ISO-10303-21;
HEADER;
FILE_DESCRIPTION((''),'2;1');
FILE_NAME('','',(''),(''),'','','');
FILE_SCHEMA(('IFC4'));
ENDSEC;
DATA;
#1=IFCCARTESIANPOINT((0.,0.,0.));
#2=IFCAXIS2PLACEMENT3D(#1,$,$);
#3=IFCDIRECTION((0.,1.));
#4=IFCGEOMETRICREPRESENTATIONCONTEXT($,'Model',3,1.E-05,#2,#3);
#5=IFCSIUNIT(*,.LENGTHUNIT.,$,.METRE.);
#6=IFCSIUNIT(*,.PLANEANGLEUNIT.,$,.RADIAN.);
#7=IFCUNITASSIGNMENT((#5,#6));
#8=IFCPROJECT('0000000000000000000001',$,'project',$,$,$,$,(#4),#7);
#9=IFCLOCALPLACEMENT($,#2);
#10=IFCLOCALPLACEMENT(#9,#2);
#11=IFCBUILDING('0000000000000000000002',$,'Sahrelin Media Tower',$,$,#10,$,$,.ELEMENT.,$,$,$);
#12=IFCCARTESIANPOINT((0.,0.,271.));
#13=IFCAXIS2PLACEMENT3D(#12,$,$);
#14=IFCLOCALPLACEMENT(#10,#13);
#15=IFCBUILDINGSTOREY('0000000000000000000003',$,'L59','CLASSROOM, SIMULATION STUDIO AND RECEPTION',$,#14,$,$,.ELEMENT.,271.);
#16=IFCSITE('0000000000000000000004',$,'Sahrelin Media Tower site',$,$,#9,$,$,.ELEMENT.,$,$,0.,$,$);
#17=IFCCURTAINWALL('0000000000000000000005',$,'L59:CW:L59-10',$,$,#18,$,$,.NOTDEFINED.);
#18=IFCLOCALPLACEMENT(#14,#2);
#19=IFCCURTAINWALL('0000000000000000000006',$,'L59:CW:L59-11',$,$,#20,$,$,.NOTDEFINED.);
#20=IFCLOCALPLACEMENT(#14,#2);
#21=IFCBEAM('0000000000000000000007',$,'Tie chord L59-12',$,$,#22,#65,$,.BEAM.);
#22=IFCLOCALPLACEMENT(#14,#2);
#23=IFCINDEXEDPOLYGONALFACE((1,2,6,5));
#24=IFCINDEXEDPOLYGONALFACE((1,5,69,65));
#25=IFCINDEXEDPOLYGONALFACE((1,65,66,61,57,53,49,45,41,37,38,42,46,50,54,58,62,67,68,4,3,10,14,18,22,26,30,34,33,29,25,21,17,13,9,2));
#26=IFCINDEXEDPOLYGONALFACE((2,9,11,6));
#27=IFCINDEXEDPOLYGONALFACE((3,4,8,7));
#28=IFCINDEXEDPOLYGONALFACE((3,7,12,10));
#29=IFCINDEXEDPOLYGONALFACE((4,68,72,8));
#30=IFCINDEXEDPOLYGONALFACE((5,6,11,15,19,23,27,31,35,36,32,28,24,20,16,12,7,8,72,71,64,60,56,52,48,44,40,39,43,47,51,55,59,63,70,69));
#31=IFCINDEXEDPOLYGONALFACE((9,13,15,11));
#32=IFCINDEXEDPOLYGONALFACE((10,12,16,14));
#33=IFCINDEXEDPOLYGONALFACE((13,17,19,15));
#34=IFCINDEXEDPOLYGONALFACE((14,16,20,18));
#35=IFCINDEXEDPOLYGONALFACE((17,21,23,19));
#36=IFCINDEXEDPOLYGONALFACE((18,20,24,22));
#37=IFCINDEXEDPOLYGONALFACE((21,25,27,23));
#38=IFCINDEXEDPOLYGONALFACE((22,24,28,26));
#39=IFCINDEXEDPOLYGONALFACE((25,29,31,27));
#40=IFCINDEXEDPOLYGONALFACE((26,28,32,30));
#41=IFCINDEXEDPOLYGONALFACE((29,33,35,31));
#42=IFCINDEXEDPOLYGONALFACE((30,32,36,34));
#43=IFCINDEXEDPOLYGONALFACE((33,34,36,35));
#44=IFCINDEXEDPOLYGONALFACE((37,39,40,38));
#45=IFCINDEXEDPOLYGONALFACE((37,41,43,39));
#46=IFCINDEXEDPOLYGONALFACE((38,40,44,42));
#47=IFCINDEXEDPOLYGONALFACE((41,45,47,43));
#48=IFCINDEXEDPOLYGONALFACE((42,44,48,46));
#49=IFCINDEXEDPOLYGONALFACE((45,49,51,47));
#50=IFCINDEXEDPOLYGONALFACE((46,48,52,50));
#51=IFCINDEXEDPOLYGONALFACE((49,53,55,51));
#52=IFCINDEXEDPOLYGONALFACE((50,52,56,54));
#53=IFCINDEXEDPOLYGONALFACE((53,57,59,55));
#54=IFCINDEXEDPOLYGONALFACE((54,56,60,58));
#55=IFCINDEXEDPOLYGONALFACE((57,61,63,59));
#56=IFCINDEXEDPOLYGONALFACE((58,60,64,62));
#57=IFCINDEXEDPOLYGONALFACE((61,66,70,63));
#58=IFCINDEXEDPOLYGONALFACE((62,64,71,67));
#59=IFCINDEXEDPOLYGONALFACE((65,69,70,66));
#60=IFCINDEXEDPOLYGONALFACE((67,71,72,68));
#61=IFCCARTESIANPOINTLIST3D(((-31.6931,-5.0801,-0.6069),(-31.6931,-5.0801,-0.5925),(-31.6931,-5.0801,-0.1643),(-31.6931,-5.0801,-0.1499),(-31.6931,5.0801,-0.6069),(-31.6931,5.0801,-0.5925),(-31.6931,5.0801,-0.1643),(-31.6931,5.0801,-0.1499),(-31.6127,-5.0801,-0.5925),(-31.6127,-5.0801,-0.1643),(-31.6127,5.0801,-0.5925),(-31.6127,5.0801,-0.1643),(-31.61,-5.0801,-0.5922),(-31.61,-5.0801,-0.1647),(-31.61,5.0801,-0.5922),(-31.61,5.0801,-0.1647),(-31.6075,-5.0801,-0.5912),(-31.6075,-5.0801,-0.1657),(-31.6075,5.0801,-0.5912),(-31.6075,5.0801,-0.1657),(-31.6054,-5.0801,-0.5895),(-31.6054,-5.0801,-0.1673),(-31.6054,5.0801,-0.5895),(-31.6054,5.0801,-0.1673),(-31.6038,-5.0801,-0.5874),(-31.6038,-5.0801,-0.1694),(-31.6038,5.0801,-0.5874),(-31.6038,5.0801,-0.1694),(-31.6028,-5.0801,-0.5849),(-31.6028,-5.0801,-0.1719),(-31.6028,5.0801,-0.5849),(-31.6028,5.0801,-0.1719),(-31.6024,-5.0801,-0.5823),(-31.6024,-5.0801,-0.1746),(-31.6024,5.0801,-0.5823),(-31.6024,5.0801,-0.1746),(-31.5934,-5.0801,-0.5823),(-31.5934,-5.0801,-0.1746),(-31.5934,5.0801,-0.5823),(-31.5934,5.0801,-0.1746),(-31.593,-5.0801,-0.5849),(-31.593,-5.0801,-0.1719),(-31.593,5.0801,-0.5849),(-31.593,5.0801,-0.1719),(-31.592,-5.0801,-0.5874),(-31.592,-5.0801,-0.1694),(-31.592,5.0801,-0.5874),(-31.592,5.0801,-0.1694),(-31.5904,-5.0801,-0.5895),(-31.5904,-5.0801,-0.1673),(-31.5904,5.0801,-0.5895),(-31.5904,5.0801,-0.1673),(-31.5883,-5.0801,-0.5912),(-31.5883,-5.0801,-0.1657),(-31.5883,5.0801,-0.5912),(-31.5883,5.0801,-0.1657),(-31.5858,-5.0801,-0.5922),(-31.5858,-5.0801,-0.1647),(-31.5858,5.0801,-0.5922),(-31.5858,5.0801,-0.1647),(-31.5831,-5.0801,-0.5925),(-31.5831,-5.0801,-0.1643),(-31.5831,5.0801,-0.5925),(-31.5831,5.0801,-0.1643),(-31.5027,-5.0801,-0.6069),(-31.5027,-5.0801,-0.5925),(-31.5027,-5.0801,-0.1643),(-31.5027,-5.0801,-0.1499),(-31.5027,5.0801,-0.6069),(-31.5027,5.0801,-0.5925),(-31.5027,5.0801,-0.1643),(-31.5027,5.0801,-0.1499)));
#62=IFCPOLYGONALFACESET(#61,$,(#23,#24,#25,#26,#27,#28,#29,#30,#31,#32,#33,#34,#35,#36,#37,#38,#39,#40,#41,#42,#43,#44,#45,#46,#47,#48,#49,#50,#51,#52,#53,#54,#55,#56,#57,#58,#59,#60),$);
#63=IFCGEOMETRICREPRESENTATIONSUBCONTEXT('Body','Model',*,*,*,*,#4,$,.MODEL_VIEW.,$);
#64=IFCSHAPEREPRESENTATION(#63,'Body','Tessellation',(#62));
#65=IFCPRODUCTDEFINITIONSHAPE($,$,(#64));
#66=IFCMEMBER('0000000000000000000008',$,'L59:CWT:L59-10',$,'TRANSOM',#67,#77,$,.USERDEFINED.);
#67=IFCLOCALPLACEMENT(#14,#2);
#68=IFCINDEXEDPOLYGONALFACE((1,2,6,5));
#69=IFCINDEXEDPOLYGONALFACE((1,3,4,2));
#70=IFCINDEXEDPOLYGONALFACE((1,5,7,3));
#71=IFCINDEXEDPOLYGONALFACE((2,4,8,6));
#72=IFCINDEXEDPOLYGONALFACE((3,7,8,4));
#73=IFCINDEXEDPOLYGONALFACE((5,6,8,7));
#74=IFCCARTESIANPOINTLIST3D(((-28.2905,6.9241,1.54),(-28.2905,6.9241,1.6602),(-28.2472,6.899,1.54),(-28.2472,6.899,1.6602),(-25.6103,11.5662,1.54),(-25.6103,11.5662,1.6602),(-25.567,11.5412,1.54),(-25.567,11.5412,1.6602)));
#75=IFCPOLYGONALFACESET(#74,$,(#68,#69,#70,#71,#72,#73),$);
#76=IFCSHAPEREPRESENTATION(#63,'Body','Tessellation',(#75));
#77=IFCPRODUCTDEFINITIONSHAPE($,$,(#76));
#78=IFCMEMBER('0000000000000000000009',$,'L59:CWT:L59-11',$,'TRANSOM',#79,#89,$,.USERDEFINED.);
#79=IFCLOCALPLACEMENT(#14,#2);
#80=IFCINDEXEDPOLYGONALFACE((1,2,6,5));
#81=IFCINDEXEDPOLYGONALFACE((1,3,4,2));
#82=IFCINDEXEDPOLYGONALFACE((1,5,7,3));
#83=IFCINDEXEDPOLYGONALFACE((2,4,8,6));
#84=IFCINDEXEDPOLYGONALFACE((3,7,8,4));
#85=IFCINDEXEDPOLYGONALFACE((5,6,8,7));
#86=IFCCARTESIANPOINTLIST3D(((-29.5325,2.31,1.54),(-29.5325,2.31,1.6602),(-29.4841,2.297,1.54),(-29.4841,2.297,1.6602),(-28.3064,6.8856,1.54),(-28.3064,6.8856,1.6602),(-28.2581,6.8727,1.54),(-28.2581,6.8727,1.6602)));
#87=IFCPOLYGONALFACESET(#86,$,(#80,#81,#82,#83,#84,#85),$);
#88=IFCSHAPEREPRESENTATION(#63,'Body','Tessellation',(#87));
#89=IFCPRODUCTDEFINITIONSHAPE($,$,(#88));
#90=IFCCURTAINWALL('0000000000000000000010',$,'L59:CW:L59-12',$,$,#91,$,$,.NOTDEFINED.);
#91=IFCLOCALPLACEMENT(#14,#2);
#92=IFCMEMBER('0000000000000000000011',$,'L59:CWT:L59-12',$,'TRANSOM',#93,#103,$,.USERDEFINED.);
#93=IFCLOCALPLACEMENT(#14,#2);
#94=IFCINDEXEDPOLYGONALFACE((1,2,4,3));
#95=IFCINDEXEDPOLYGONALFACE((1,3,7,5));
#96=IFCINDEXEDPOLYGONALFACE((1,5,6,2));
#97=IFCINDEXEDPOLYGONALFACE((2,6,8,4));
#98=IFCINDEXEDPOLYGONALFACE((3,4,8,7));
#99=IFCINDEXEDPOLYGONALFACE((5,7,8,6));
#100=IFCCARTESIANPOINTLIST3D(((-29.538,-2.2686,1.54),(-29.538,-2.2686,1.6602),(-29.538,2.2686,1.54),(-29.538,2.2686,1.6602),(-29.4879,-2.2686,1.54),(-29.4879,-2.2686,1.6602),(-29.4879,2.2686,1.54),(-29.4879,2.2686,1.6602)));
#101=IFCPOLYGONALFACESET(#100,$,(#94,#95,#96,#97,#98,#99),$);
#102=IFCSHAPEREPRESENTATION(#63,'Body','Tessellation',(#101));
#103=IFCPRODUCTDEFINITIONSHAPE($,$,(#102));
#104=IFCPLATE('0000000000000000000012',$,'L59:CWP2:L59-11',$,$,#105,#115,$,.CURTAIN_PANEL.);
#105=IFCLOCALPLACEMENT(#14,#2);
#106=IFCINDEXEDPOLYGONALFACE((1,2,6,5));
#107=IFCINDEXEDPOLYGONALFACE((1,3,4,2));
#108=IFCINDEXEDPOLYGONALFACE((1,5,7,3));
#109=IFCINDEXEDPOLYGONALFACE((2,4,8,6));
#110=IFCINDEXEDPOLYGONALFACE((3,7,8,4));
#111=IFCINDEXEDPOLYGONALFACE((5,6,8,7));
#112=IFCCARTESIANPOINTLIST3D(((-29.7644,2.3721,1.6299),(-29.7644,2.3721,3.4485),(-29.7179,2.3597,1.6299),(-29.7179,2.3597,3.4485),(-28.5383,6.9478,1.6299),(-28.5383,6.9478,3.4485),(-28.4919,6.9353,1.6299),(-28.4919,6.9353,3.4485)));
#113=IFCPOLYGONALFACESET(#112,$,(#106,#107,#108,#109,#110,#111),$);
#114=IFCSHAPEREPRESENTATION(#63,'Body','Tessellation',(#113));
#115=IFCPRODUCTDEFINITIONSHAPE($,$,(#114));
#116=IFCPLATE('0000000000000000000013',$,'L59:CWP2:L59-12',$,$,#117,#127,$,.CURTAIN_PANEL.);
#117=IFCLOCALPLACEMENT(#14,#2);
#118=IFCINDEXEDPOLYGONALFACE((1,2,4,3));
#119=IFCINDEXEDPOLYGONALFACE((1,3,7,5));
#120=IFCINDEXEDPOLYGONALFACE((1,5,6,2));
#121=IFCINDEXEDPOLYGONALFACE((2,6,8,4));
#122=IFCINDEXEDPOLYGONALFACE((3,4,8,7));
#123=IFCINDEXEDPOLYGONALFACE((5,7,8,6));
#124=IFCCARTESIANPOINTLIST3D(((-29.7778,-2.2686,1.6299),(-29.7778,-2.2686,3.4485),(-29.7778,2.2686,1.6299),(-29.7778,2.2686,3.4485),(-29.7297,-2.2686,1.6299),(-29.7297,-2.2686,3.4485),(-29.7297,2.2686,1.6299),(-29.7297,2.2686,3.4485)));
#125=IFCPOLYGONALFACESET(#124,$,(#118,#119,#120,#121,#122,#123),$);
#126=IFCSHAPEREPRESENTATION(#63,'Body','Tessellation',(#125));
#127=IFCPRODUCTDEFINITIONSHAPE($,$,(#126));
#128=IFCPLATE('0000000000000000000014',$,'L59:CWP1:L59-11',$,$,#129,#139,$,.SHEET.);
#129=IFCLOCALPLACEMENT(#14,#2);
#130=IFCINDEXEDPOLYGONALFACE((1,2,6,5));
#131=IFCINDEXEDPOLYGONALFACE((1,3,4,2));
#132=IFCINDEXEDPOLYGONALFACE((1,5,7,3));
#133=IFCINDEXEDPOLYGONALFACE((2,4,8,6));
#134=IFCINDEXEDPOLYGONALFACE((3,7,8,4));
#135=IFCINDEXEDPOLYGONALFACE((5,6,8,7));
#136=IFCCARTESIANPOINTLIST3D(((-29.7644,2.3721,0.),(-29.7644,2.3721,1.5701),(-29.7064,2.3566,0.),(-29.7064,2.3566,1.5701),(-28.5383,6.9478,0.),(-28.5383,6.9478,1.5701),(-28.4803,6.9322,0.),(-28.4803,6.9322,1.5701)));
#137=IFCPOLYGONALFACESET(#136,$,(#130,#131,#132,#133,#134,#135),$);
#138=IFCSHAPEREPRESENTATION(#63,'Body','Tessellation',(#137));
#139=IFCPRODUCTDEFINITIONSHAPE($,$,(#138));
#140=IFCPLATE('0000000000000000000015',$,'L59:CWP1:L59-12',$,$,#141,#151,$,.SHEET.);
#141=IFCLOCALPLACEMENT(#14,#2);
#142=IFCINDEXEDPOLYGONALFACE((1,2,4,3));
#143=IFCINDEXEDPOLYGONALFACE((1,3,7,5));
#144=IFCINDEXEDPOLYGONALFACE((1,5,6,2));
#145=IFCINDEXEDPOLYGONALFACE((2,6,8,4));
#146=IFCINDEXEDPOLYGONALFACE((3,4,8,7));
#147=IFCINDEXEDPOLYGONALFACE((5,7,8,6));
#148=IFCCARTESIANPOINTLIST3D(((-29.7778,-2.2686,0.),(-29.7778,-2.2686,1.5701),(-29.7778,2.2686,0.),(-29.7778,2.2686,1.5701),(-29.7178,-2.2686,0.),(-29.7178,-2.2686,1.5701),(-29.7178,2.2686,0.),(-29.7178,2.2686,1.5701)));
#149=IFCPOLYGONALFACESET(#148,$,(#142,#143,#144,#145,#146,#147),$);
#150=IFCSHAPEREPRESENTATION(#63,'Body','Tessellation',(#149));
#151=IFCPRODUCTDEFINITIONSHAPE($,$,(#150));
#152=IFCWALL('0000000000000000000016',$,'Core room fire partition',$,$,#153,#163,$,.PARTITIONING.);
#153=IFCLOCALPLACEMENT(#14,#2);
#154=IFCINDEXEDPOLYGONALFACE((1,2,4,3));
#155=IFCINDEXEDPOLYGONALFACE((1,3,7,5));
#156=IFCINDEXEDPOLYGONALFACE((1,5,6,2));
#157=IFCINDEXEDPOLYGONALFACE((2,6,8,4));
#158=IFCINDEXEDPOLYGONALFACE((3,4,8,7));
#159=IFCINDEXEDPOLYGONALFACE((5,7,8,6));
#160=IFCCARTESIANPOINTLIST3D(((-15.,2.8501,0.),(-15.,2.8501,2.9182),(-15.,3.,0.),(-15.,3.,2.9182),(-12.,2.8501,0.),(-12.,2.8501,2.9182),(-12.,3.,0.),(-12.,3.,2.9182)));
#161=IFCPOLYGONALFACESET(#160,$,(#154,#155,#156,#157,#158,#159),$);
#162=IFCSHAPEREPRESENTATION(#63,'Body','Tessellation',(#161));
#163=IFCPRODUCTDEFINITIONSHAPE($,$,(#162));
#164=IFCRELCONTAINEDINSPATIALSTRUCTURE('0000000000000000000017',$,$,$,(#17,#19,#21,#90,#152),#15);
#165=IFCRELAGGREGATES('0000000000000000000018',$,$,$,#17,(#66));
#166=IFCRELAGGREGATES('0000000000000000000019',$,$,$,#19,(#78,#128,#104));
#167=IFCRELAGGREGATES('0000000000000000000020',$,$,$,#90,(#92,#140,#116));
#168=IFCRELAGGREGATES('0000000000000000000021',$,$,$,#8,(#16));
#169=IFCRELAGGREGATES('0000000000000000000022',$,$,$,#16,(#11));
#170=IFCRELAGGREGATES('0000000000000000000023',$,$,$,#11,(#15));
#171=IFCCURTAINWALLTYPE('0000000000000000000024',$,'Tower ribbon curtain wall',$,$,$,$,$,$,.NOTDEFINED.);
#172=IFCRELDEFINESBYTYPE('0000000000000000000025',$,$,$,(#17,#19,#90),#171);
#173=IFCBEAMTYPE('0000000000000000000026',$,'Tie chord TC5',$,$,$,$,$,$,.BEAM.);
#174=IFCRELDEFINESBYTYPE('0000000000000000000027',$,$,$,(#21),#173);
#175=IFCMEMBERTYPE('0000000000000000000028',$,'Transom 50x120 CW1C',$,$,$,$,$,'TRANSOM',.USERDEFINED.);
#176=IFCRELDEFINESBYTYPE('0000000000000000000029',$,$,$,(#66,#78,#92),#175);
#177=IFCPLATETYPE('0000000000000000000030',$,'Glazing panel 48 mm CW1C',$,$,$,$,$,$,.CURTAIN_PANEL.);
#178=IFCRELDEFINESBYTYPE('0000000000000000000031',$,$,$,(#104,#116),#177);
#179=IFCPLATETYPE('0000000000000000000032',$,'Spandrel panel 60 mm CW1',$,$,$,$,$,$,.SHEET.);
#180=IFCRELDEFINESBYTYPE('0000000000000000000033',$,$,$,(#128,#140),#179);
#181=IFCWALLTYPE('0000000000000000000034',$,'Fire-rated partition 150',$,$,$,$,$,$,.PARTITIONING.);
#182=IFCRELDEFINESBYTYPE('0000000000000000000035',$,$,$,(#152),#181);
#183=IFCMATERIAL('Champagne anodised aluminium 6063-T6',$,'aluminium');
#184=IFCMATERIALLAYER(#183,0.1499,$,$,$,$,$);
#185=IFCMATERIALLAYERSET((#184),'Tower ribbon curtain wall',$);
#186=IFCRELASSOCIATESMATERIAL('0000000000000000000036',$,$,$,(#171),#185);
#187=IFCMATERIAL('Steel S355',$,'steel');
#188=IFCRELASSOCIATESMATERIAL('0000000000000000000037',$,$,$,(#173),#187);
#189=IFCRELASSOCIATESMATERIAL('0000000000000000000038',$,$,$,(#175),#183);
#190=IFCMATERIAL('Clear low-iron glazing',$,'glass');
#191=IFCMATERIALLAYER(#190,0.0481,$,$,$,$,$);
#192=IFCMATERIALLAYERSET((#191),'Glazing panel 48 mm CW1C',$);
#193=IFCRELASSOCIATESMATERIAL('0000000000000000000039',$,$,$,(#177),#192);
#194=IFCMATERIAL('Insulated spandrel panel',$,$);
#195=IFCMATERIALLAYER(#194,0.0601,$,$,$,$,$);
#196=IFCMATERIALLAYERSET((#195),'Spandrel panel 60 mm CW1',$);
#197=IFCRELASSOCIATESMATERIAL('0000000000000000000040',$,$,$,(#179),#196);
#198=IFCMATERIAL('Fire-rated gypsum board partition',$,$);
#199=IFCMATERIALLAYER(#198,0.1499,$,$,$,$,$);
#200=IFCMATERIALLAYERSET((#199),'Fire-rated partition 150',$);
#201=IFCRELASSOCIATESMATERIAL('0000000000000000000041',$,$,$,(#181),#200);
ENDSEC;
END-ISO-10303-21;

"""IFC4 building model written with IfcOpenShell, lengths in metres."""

from ifc_helpers import new_model, si_unit, direction, frame, frame_2d, origin, origin_2d, place, context, subcontext, project, spatial, polyline, rectangle, i_section, outline, extrude, material, layer, layer_set, material_profile, profile_set, type_object, element, aggregate, save


model = new_model("IFC4")

# Units and contexts
model_context = context("Model", 3, precision=1e-05, world=origin(), true_north=direction((0.0, 1.0)))
body_context = subcontext(model_context, "Body", "Model", "MODEL_VIEW")
ifc_project = project(units=[si_unit("LENGTHUNIT", "METRE"), si_unit("PLANEANGLEUNIT", "RADIAN")], contexts=[model_context])

# Site, building, storey
site_placement = place(None, origin())
site = spatial("IfcSite", under=ifc_project, at=site_placement, Name="Sahrelin Media Tower site", CompositionType="ELEMENT", RefElevation=0.0)
building_placement = place(site_placement, origin())
building = spatial("IfcBuilding", under=site, at=building_placement, Name="Sahrelin Media Tower", CompositionType="ELEMENT")
storey_placement = place(building_placement, frame((0.0, 0.0, 271.0)))
storey = spatial("IfcBuildingStorey", under=building, at=storey_placement, Name="L59", Description="CLASSROOM, SIMULATION STUDIO AND RECEPTION", CompositionType="ELEMENT", Elevation=271.0)

# Shared definitions
ifc_material_1 = material(Name="Steel S355", Category="steel")

# Curtain walls
ifc_material_2 = material(Name="Champagne anodised aluminium 6063-T6", Category="aluminium")
ifc_layer_1 = layer(ifc_material_2, 0.1499)
ifc_layer_set_1 = layer_set([ifc_layer_1], Name="Tower ribbon curtain wall")
curtain_wall_type = type_object("IfcCurtainWallType", Name="Tower ribbon curtain wall", PredefinedType="NOTDEFINED", material=ifc_layer_set_1)
curtain_wall_1_placement = place(storey_placement, frame((-27.1411, 9.3552, 0.0), z_axis=(0.0, 0.0, 1.0), x_axis=(1.0, 0.0, 0.0)))
curtain_wall_1 = element("IfcCurtainWall", 1, at=curtain_wall_1_placement, inside=storey, type_object=curtain_wall_type, Name="L59:CW:L59-10", PredefinedType="NOTDEFINED")
curtain_wall_2_placement = place(storey_placement, frame((-29.1321, 4.6548, 0.0), z_axis=(0.0, 0.0, 1.0), x_axis=(1.0, 0.0, 0.0)))
curtain_wall_2 = element("IfcCurtainWall", 2, at=curtain_wall_2_placement, inside=storey, type_object=curtain_wall_type, Name="L59:CW:L59-11", PredefinedType="NOTDEFINED")

# Beam
ifc_material_profile_1 = material_profile(ifc_material_1, i_section(OverallWidth=0.1904, OverallDepth=0.457, WebThickness=0.009, FlangeThickness=0.0144, FilletRadius=0.0103, at=origin_2d()), Name="UB 457x191x74")
ifc_profile_set_1 = profile_set([ifc_material_profile_1], Name="Steel S355")
beam_type_1 = type_object("IfcBeamType", Name="Tie chord TC5", PredefinedType="BEAM", material=ifc_profile_set_1)
beam_1_placement = place(storey_placement, frame((-31.5979, 5.0801, -0.3784), z_axis=(0.0, -1.0, 0.0), x_axis=(1.0, 0.0, 0.0)))
element("IfcBeam", 3, at=beam_1_placement, inside=storey, type_object=beam_type_1, Name="Tie chord L59-12", PredefinedType="BEAM", context=body_context, shape_type="SweptSolid", body=[
    extrude(i_section(OverallWidth=0.1904, OverallDepth=0.457, WebThickness=0.009, FlangeThickness=0.0144, FilletRadius=0.0103, at=origin_2d()), origin(), (0.0, 0.0, 1.0), 10.1602),
])

# Members
ifc_material_profile_2 = material_profile(ifc_material_2, rectangle(XDim=0.05, YDim=0.1201, at=origin_2d()), Name="Transom 50x120")
ifc_profile_set_2 = profile_set([ifc_material_profile_2], Name="Champagne anodised aluminium 6063-T6")
member_type_1 = type_object("IfcMemberType", Name="Transom 50x120 CW1C", ElementType="TRANSOM", PredefinedType="USERDEFINED", material=ifc_profile_set_2)
member_1_placement = place(storey_placement, frame((-25.5886, 11.5537, 1.6001), z_axis=(-0.500009, -0.86602, 0.0), x_axis=(0.86602, -0.500009, 0.0)))
member_1 = element("IfcMember", 4, at=member_1_placement, type_object=member_type_1, Name="L59:CWT:L59-10", ObjectType="TRANSOM", PredefinedType="USERDEFINED", context=body_context, shape_type="SweptSolid", body=[
    extrude(rectangle(XDim=0.05, YDim=0.1201, at=origin_2d()), origin(), (0.0, 0.0, 1.0), 5.3604),
])
aggregate(curtain_wall_1, [member_1])
member_2_placement = place(storey_placement, frame((-28.2822, 6.8792, 1.6001), z_axis=(-0.258824, -0.965925, 0.0), x_axis=(0.965925, -0.258824, 0.0)))
member_2 = element("IfcMember", 5, at=member_2_placement, type_object=member_type_1, Name="L59:CWT:L59-11", ObjectType="TRANSOM", PredefinedType="USERDEFINED", context=body_context, shape_type="SweptSolid", body=[
    extrude(rectangle(XDim=0.05, YDim=0.1201, at=origin_2d()), origin(), (0.0, 0.0, 1.0), 4.7371),
])

# Curtain wall, member
curtain_wall_3_placement = place(storey_placement, frame((-29.7578, 0.0, 0.0), z_axis=(0.0, 0.0, 1.0), x_axis=(1.0, 0.0, 0.0)))
curtain_wall_3 = element("IfcCurtainWall", 6, at=curtain_wall_3_placement, inside=storey, type_object=curtain_wall_type, Name="L59:CW:L59-12", PredefinedType="NOTDEFINED")
member_3_placement = place(storey_placement, frame((-29.5129, 2.2686, 1.6001), z_axis=(0.0, -1.0, 0.0), x_axis=(1.0, 0.0, 0.0)))
member_3 = element("IfcMember", 7, at=member_3_placement, type_object=member_type_1, Name="L59:CWT:L59-12", ObjectType="TRANSOM", PredefinedType="USERDEFINED", context=body_context, shape_type="SweptSolid", body=[
    extrude(rectangle(XDim=0.05, YDim=0.1201, at=origin_2d()), origin(), (0.0, 0.0, 1.0), 4.5371),
])

# Plates
ifc_material_3 = material(Name="Clear low-iron glazing", Category="glass")
ifc_layer_2 = layer(ifc_material_3, 0.0481)
ifc_layer_set_2 = layer_set([ifc_layer_2], Name="Glazing panel 48 mm CW1C")
plate_type_1 = type_object("IfcPlateType", Name="Glazing panel 48 mm CW1C", PredefinedType="CURTAIN_PANEL", material=ifc_layer_set_2)
plate_1_placement = place(storey_placement, frame((-28.5383, 6.9478, 1.6299), z_axis=(-0.965925, 0.258824, 0.0), x_axis=(-0.258824, -0.965925, 0.0)))
plate_1 = element("IfcPlate", 8, at=plate_1_placement, type_object=plate_type_1, Name="L59:CWP2:L59-11", PredefinedType="CURTAIN_PANEL", context=body_context, shape_type="SweptSolid", body=[
    extrude(outline(polyline([(0.0, 0.0), (4.7371, 0.0), (4.7371, 1.8186), (0.0, 1.8186), (0.0, 0.0)])), origin(), (0.0, 0.0, -1.0), 0.0481),
])
plate_2_placement = place(storey_placement, frame((-29.7778, 2.2686, 1.6299), z_axis=(-1.0, 0.0, 0.0), x_axis=(0.0, -1.0, 0.0)))
plate_2 = element("IfcPlate", 9, at=plate_2_placement, type_object=plate_type_1, Name="L59:CWP2:L59-12", PredefinedType="CURTAIN_PANEL", context=body_context, shape_type="SweptSolid", body=[
    extrude(outline(polyline([(0.0, 0.0), (4.5371, 0.0), (4.5371, 1.8186), (0.0, 1.8186), (0.0, 0.0)])), origin(), (0.0, 0.0, -1.0), 0.0481),
])
ifc_material_4 = material(Name="Insulated spandrel panel")
ifc_layer_3 = layer(ifc_material_4, 0.0601)
ifc_layer_set_3 = layer_set([ifc_layer_3], Name="Spandrel panel 60 mm CW1")
plate_type_2 = type_object("IfcPlateType", Name="Spandrel panel 60 mm CW1", PredefinedType="SHEET", material=ifc_layer_set_3)
plate_3_placement = place(storey_placement, frame((-28.5383, 6.9478, 0.0), z_axis=(-0.965925, 0.258824, 0.0), x_axis=(-0.258824, -0.965925, 0.0)))
plate_3 = element("IfcPlate", 10, at=plate_3_placement, type_object=plate_type_2, Name="L59:CWP1:L59-11", PredefinedType="SHEET", context=body_context, shape_type="SweptSolid", body=[
    extrude(outline(polyline([(0.0, 0.0), (4.7371, 0.0), (4.7371, 1.5701), (0.0, 1.5701), (0.0, 0.0)])), origin(), (0.0, 0.0, -1.0), 0.0601),
])
aggregate(curtain_wall_2, [member_2, plate_3, plate_1])
plate_4_placement = place(storey_placement, frame((-29.7778, 2.2686, 0.0), z_axis=(-1.0, 0.0, 0.0), x_axis=(0.0, -1.0, 0.0)))
plate_4 = element("IfcPlate", 11, at=plate_4_placement, type_object=plate_type_2, Name="L59:CWP1:L59-12", PredefinedType="SHEET", context=body_context, shape_type="SweptSolid", body=[
    extrude(outline(polyline([(0.0, 0.0), (4.5371, 0.0), (4.5371, 1.5701), (0.0, 1.5701), (0.0, 0.0)])), origin(), (0.0, 0.0, -1.0), 0.0601),
])
aggregate(curtain_wall_3, [member_3, plate_4, plate_2])

# Wall
ifc_material_5 = material(Name="Fire-rated gypsum board partition")
ifc_layer_4 = layer(ifc_material_5, 0.1499)
ifc_layer_set_4 = layer_set([ifc_layer_4], Name="Fire-rated partition 150")
wall_type_1 = type_object("IfcWallType", Name="Fire-rated partition 150", PredefinedType="PARTITIONING", material=ifc_layer_set_4)
wall_1_placement = place(storey_placement, frame((-15.0, 2.925, 0.0), z_axis=(0.0, 0.0, 1.0), x_axis=(1.0, 0.0, 0.0)))
element("IfcWall", 12, at=wall_1_placement, inside=storey, type_object=wall_type_1, Name="Core room fire partition", PredefinedType="PARTITIONING", context=body_context, shape_type="SweptSolid", body=[
    extrude(rectangle(XDim=3.0, YDim=0.1499, at=frame_2d((1.5, 0.0))), origin(), (0.0, 0.0, 1.0), 2.9182),
])

save(model, "model.ifc")
